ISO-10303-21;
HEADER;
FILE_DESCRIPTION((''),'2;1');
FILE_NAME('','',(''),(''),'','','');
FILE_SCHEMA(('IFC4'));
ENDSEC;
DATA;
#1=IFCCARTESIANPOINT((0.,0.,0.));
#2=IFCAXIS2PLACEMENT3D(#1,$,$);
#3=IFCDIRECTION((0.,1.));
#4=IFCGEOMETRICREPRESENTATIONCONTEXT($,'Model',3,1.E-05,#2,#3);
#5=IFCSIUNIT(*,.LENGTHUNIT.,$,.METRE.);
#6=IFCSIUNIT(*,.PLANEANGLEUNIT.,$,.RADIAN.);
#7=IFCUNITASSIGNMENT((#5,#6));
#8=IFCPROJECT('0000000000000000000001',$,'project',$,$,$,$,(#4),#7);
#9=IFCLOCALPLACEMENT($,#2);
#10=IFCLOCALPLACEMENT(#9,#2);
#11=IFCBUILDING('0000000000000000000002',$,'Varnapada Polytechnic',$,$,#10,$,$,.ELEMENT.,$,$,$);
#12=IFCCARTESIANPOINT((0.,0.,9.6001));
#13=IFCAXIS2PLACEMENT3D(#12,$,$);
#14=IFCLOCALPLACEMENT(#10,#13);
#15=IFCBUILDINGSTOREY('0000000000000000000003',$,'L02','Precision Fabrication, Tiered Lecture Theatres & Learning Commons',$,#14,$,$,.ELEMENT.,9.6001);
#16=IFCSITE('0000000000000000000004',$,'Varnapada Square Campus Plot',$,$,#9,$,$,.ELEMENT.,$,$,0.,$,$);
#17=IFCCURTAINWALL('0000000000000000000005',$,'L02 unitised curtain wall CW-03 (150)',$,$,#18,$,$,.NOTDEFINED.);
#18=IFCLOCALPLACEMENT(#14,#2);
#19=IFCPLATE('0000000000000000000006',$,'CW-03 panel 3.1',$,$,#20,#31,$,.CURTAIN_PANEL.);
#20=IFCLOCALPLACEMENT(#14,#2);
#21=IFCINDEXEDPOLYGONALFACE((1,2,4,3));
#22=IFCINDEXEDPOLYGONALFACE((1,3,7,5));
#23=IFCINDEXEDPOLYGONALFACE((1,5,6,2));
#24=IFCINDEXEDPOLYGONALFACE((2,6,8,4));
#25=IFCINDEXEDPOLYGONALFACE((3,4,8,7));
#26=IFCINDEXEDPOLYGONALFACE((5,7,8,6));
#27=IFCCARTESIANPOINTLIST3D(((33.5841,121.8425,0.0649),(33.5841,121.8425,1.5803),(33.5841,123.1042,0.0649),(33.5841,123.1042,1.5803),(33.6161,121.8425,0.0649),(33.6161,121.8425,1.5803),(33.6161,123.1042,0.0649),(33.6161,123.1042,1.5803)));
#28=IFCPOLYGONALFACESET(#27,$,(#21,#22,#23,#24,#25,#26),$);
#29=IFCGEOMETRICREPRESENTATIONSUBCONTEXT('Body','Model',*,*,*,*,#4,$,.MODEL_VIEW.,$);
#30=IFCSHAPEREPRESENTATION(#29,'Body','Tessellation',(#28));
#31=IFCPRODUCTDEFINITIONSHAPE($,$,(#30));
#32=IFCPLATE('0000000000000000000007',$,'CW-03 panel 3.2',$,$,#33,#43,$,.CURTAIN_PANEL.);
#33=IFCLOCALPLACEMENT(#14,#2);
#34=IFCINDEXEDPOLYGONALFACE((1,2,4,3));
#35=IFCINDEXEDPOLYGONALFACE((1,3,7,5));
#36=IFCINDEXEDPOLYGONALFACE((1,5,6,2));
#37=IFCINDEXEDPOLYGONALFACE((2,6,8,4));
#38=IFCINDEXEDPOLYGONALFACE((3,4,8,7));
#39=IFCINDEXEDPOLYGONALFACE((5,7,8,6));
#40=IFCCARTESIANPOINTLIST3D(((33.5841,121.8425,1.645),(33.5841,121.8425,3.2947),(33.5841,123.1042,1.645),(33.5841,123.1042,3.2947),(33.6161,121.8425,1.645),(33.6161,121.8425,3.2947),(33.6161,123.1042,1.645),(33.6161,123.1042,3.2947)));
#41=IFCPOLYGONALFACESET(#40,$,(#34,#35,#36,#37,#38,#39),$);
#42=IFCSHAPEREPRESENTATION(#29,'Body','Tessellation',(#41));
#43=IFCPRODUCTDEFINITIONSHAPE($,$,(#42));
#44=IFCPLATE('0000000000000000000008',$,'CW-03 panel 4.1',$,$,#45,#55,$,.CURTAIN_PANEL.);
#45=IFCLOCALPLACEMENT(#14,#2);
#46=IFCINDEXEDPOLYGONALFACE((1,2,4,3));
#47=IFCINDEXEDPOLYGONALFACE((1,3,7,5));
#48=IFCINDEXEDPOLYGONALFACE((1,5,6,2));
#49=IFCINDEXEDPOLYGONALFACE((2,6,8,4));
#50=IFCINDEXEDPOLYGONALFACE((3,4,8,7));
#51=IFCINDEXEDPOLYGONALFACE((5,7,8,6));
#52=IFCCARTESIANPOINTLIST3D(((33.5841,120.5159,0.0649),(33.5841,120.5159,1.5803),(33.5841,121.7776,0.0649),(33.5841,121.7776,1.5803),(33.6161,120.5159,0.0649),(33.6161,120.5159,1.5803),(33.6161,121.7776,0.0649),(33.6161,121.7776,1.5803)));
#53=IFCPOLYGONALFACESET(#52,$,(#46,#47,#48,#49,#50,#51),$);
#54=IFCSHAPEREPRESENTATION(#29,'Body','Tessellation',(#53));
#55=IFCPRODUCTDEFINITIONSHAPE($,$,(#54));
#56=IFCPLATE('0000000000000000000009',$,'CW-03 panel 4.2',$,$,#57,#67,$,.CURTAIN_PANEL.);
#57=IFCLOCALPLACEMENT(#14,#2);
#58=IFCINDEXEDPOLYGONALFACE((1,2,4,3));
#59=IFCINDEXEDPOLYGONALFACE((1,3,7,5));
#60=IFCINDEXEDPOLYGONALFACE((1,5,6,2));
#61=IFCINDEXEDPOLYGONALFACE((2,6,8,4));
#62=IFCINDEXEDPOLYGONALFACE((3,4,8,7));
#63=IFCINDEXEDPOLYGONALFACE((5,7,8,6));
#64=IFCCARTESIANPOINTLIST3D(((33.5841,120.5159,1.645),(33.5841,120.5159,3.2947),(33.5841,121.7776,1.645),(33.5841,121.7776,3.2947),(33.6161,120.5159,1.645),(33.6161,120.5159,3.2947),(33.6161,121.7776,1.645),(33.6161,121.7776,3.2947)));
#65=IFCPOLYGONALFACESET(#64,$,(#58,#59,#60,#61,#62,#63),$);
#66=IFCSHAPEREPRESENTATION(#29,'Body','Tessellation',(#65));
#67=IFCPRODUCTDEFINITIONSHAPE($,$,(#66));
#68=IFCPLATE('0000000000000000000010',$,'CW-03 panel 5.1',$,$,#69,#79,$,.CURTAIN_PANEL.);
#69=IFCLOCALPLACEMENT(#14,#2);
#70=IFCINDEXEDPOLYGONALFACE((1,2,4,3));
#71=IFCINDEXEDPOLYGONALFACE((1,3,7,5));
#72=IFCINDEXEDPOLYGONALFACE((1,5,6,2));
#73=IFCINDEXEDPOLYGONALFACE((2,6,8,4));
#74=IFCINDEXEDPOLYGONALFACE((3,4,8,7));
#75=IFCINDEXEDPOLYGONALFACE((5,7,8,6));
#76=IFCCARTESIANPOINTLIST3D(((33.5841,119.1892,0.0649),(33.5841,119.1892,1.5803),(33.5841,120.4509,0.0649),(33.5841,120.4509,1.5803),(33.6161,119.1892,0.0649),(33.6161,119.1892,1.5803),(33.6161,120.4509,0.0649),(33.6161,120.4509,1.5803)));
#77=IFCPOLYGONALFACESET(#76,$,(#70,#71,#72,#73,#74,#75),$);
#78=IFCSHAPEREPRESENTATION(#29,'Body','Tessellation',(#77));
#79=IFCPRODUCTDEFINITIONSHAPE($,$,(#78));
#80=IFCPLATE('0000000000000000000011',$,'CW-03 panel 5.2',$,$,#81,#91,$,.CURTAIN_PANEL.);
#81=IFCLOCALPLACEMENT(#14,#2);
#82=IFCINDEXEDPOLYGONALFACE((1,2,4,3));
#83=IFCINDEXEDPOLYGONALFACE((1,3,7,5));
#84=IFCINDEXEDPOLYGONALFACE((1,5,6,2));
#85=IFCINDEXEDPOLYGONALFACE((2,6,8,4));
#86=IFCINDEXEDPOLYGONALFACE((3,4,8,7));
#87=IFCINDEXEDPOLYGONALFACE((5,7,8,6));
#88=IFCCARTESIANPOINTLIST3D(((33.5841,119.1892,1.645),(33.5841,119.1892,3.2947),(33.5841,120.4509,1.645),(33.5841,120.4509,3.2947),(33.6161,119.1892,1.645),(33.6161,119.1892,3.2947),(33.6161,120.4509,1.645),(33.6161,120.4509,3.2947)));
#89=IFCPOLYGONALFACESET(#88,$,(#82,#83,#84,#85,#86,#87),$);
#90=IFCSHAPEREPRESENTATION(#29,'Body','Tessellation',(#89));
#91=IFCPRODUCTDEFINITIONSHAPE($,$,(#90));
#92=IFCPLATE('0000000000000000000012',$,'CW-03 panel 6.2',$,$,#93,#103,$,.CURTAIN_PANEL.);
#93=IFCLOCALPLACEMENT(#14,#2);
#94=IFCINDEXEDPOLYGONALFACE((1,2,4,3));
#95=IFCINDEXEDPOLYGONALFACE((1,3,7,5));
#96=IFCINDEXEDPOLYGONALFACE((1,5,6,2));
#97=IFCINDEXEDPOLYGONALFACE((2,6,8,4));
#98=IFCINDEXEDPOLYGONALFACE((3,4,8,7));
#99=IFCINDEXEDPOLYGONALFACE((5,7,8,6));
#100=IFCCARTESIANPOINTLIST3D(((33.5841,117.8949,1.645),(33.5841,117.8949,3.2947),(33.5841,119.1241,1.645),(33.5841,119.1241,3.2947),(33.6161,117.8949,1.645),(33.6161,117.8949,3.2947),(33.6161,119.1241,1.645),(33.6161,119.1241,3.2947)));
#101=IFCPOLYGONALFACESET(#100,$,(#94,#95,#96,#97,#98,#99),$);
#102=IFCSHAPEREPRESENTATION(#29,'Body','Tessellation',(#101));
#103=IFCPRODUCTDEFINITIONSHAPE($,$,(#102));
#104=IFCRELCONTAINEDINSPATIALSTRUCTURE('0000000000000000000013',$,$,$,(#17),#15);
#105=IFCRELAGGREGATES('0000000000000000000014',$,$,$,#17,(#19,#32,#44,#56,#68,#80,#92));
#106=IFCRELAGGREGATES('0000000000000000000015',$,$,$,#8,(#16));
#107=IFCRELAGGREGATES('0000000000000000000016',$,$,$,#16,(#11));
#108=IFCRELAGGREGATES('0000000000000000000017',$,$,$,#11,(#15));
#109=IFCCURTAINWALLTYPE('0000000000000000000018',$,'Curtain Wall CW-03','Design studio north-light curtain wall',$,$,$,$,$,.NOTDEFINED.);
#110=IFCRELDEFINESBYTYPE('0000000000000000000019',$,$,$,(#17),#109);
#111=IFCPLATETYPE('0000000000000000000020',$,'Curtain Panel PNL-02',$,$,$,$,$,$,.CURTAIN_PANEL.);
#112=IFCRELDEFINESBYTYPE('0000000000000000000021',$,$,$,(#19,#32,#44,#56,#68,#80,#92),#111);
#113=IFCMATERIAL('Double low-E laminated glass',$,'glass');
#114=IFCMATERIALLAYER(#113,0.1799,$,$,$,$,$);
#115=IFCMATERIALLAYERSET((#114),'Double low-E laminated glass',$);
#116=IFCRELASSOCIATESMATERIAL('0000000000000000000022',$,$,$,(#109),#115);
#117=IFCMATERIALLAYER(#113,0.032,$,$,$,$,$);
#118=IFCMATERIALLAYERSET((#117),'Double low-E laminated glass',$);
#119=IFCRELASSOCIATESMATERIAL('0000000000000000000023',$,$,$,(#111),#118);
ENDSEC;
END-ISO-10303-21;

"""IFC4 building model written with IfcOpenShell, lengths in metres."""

from ifc_helpers import new_model, si_unit, direction, frame, origin, origin_2d, place, context, subcontext, project, spatial, rectangle, extrude, material, layer, layer_set, type_object, element, aggregate, save


model = new_model("IFC4")

# Units and contexts
model_context = context("Model", 3, precision=1e-05, world=origin(), true_north=direction((0.0, 1.0)))
body_context = subcontext(model_context, "Body", "Model", "MODEL_VIEW")
ifc_project = project(units=[si_unit("LENGTHUNIT", "METRE"), si_unit("PLANEANGLEUNIT", "RADIAN")], contexts=[model_context])

# Site, building, storey
site_placement = place(None, origin())
site = spatial("IfcSite", under=ifc_project, at=site_placement, Name="Varnapada Square Campus Plot", CompositionType="ELEMENT", RefElevation=0.0)
building_placement = place(site_placement, origin())
building = spatial("IfcBuilding", under=site, at=building_placement, Name="Varnapada Polytechnic", CompositionType="ELEMENT")
storey_placement = place(building_placement, frame((0.0, 0.0, 9.6001)))
storey = spatial("IfcBuildingStorey", under=building, at=storey_placement, Name="L02", Description="Precision Fabrication, Tiered Lecture Theatres & Learning Commons", CompositionType="ELEMENT", Elevation=9.6001)

# Curtain wall, plates
ifc_material_1 = material(Name="Double low-E laminated glass", Category="glass")
ifc_layer_1 = layer(ifc_material_1, 0.1799)
ifc_layer_set_1 = layer_set([ifc_layer_1], Name="Double low-E laminated glass")
curtain_wall_type = type_object("IfcCurtainWallType", Name="Curtain Wall CW-03", Description="Design studio north-light curtain wall", PredefinedType="NOTDEFINED", material=ifc_layer_set_1)
curtain_wall_placement = place(storey_placement, origin())
curtain_wall = element("IfcCurtainWall", 1, at=curtain_wall_placement, inside=storey, type_object=curtain_wall_type, Name="L02 unitised curtain wall CW-03 (150)", PredefinedType="NOTDEFINED")
ifc_layer_2 = layer(ifc_material_1, 0.032)
ifc_layer_set_2 = layer_set([ifc_layer_2], Name="Double low-E laminated glass")
plate_type = type_object("IfcPlateType", Name="Curtain Panel PNL-02", PredefinedType="CURTAIN_PANEL", material=ifc_layer_set_2)
plate_1_placement = place(storey_placement, frame((33.6001, 122.4734, 0.0649), z_axis=(0.0, 0.0, 1.0), x_axis=(0.0, -1.0, 0.0)))
plate_1 = element("IfcPlate", 2, at=plate_1_placement, type_object=plate_type, Name="CW-03 panel 3.1", PredefinedType="CURTAIN_PANEL", context=body_context, shape_type="SweptSolid", body=[
    extrude(rectangle(XDim=1.2617, YDim=0.032, at=origin_2d()), origin(), (0.0, 0.0, 1.0), 1.5154),
])
plate_2_placement = place(storey_placement, frame((33.6001, 122.4734, 1.645), z_axis=(0.0, 0.0, 1.0), x_axis=(0.0, -1.0, 0.0)))
plate_2 = element("IfcPlate", 3, at=plate_2_placement, type_object=plate_type, Name="CW-03 panel 3.2", PredefinedType="CURTAIN_PANEL", context=body_context, shape_type="SweptSolid", body=[
    extrude(rectangle(XDim=1.2617, YDim=0.032, at=origin_2d()), origin(), (0.0, 0.0, 1.0), 1.6497),
])
plate_3_placement = place(storey_placement, frame((33.6001, 121.1467, 0.0649), z_axis=(0.0, 0.0, 1.0), x_axis=(0.0, -1.0, 0.0)))
plate_3 = element("IfcPlate", 4, at=plate_3_placement, type_object=plate_type, Name="CW-03 panel 4.1", PredefinedType="CURTAIN_PANEL", context=body_context, shape_type="SweptSolid", body=[
    extrude(rectangle(XDim=1.2617, YDim=0.032, at=origin_2d()), origin(), (0.0, 0.0, 1.0), 1.5154),
])
plate_4_placement = place(storey_placement, frame((33.6001, 121.1467, 1.645), z_axis=(0.0, 0.0, 1.0), x_axis=(0.0, -1.0, 0.0)))
plate_4 = element("IfcPlate", 5, at=plate_4_placement, type_object=plate_type, Name="CW-03 panel 4.2", PredefinedType="CURTAIN_PANEL", context=body_context, shape_type="SweptSolid", body=[
    extrude(rectangle(XDim=1.2617, YDim=0.032, at=origin_2d()), origin(), (0.0, 0.0, 1.0), 1.6497),
])
plate_5_placement = place(storey_placement, frame((33.6001, 119.8201, 0.0649), z_axis=(0.0, 0.0, 1.0), x_axis=(0.0, -1.0, 0.0)))
plate_5 = element("IfcPlate", 6, at=plate_5_placement, type_object=plate_type, Name="CW-03 panel 5.1", PredefinedType="CURTAIN_PANEL", context=body_context, shape_type="SweptSolid", body=[
    extrude(rectangle(XDim=1.2617, YDim=0.032, at=origin_2d()), origin(), (0.0, 0.0, 1.0), 1.5154),
])
plate_6_placement = place(storey_placement, frame((33.6001, 119.8201, 1.645), z_axis=(0.0, 0.0, 1.0), x_axis=(0.0, -1.0, 0.0)))
plate_6 = element("IfcPlate", 7, at=plate_6_placement, type_object=plate_type, Name="CW-03 panel 5.2", PredefinedType="CURTAIN_PANEL", context=body_context, shape_type="SweptSolid", body=[
    extrude(rectangle(XDim=1.2617, YDim=0.032, at=origin_2d()), origin(), (0.0, 0.0, 1.0), 1.6497),
])
plate_7_placement = place(storey_placement, frame((33.6001, 118.5095, 1.645), z_axis=(0.0, 0.0, 1.0), x_axis=(0.0, -1.0, 0.0)))
plate_7 = element("IfcPlate", 8, at=plate_7_placement, type_object=plate_type, Name="CW-03 panel 6.2", PredefinedType="CURTAIN_PANEL", context=body_context, shape_type="SweptSolid", body=[
    extrude(rectangle(XDim=1.2292, YDim=0.032, at=origin_2d()), origin(), (0.0, 0.0, 1.0), 1.6497),
])
aggregate(curtain_wall, [plate_1, plate_2, plate_3, plate_4, plate_5, plate_6, plate_7])

save(model, "model.ifc")
